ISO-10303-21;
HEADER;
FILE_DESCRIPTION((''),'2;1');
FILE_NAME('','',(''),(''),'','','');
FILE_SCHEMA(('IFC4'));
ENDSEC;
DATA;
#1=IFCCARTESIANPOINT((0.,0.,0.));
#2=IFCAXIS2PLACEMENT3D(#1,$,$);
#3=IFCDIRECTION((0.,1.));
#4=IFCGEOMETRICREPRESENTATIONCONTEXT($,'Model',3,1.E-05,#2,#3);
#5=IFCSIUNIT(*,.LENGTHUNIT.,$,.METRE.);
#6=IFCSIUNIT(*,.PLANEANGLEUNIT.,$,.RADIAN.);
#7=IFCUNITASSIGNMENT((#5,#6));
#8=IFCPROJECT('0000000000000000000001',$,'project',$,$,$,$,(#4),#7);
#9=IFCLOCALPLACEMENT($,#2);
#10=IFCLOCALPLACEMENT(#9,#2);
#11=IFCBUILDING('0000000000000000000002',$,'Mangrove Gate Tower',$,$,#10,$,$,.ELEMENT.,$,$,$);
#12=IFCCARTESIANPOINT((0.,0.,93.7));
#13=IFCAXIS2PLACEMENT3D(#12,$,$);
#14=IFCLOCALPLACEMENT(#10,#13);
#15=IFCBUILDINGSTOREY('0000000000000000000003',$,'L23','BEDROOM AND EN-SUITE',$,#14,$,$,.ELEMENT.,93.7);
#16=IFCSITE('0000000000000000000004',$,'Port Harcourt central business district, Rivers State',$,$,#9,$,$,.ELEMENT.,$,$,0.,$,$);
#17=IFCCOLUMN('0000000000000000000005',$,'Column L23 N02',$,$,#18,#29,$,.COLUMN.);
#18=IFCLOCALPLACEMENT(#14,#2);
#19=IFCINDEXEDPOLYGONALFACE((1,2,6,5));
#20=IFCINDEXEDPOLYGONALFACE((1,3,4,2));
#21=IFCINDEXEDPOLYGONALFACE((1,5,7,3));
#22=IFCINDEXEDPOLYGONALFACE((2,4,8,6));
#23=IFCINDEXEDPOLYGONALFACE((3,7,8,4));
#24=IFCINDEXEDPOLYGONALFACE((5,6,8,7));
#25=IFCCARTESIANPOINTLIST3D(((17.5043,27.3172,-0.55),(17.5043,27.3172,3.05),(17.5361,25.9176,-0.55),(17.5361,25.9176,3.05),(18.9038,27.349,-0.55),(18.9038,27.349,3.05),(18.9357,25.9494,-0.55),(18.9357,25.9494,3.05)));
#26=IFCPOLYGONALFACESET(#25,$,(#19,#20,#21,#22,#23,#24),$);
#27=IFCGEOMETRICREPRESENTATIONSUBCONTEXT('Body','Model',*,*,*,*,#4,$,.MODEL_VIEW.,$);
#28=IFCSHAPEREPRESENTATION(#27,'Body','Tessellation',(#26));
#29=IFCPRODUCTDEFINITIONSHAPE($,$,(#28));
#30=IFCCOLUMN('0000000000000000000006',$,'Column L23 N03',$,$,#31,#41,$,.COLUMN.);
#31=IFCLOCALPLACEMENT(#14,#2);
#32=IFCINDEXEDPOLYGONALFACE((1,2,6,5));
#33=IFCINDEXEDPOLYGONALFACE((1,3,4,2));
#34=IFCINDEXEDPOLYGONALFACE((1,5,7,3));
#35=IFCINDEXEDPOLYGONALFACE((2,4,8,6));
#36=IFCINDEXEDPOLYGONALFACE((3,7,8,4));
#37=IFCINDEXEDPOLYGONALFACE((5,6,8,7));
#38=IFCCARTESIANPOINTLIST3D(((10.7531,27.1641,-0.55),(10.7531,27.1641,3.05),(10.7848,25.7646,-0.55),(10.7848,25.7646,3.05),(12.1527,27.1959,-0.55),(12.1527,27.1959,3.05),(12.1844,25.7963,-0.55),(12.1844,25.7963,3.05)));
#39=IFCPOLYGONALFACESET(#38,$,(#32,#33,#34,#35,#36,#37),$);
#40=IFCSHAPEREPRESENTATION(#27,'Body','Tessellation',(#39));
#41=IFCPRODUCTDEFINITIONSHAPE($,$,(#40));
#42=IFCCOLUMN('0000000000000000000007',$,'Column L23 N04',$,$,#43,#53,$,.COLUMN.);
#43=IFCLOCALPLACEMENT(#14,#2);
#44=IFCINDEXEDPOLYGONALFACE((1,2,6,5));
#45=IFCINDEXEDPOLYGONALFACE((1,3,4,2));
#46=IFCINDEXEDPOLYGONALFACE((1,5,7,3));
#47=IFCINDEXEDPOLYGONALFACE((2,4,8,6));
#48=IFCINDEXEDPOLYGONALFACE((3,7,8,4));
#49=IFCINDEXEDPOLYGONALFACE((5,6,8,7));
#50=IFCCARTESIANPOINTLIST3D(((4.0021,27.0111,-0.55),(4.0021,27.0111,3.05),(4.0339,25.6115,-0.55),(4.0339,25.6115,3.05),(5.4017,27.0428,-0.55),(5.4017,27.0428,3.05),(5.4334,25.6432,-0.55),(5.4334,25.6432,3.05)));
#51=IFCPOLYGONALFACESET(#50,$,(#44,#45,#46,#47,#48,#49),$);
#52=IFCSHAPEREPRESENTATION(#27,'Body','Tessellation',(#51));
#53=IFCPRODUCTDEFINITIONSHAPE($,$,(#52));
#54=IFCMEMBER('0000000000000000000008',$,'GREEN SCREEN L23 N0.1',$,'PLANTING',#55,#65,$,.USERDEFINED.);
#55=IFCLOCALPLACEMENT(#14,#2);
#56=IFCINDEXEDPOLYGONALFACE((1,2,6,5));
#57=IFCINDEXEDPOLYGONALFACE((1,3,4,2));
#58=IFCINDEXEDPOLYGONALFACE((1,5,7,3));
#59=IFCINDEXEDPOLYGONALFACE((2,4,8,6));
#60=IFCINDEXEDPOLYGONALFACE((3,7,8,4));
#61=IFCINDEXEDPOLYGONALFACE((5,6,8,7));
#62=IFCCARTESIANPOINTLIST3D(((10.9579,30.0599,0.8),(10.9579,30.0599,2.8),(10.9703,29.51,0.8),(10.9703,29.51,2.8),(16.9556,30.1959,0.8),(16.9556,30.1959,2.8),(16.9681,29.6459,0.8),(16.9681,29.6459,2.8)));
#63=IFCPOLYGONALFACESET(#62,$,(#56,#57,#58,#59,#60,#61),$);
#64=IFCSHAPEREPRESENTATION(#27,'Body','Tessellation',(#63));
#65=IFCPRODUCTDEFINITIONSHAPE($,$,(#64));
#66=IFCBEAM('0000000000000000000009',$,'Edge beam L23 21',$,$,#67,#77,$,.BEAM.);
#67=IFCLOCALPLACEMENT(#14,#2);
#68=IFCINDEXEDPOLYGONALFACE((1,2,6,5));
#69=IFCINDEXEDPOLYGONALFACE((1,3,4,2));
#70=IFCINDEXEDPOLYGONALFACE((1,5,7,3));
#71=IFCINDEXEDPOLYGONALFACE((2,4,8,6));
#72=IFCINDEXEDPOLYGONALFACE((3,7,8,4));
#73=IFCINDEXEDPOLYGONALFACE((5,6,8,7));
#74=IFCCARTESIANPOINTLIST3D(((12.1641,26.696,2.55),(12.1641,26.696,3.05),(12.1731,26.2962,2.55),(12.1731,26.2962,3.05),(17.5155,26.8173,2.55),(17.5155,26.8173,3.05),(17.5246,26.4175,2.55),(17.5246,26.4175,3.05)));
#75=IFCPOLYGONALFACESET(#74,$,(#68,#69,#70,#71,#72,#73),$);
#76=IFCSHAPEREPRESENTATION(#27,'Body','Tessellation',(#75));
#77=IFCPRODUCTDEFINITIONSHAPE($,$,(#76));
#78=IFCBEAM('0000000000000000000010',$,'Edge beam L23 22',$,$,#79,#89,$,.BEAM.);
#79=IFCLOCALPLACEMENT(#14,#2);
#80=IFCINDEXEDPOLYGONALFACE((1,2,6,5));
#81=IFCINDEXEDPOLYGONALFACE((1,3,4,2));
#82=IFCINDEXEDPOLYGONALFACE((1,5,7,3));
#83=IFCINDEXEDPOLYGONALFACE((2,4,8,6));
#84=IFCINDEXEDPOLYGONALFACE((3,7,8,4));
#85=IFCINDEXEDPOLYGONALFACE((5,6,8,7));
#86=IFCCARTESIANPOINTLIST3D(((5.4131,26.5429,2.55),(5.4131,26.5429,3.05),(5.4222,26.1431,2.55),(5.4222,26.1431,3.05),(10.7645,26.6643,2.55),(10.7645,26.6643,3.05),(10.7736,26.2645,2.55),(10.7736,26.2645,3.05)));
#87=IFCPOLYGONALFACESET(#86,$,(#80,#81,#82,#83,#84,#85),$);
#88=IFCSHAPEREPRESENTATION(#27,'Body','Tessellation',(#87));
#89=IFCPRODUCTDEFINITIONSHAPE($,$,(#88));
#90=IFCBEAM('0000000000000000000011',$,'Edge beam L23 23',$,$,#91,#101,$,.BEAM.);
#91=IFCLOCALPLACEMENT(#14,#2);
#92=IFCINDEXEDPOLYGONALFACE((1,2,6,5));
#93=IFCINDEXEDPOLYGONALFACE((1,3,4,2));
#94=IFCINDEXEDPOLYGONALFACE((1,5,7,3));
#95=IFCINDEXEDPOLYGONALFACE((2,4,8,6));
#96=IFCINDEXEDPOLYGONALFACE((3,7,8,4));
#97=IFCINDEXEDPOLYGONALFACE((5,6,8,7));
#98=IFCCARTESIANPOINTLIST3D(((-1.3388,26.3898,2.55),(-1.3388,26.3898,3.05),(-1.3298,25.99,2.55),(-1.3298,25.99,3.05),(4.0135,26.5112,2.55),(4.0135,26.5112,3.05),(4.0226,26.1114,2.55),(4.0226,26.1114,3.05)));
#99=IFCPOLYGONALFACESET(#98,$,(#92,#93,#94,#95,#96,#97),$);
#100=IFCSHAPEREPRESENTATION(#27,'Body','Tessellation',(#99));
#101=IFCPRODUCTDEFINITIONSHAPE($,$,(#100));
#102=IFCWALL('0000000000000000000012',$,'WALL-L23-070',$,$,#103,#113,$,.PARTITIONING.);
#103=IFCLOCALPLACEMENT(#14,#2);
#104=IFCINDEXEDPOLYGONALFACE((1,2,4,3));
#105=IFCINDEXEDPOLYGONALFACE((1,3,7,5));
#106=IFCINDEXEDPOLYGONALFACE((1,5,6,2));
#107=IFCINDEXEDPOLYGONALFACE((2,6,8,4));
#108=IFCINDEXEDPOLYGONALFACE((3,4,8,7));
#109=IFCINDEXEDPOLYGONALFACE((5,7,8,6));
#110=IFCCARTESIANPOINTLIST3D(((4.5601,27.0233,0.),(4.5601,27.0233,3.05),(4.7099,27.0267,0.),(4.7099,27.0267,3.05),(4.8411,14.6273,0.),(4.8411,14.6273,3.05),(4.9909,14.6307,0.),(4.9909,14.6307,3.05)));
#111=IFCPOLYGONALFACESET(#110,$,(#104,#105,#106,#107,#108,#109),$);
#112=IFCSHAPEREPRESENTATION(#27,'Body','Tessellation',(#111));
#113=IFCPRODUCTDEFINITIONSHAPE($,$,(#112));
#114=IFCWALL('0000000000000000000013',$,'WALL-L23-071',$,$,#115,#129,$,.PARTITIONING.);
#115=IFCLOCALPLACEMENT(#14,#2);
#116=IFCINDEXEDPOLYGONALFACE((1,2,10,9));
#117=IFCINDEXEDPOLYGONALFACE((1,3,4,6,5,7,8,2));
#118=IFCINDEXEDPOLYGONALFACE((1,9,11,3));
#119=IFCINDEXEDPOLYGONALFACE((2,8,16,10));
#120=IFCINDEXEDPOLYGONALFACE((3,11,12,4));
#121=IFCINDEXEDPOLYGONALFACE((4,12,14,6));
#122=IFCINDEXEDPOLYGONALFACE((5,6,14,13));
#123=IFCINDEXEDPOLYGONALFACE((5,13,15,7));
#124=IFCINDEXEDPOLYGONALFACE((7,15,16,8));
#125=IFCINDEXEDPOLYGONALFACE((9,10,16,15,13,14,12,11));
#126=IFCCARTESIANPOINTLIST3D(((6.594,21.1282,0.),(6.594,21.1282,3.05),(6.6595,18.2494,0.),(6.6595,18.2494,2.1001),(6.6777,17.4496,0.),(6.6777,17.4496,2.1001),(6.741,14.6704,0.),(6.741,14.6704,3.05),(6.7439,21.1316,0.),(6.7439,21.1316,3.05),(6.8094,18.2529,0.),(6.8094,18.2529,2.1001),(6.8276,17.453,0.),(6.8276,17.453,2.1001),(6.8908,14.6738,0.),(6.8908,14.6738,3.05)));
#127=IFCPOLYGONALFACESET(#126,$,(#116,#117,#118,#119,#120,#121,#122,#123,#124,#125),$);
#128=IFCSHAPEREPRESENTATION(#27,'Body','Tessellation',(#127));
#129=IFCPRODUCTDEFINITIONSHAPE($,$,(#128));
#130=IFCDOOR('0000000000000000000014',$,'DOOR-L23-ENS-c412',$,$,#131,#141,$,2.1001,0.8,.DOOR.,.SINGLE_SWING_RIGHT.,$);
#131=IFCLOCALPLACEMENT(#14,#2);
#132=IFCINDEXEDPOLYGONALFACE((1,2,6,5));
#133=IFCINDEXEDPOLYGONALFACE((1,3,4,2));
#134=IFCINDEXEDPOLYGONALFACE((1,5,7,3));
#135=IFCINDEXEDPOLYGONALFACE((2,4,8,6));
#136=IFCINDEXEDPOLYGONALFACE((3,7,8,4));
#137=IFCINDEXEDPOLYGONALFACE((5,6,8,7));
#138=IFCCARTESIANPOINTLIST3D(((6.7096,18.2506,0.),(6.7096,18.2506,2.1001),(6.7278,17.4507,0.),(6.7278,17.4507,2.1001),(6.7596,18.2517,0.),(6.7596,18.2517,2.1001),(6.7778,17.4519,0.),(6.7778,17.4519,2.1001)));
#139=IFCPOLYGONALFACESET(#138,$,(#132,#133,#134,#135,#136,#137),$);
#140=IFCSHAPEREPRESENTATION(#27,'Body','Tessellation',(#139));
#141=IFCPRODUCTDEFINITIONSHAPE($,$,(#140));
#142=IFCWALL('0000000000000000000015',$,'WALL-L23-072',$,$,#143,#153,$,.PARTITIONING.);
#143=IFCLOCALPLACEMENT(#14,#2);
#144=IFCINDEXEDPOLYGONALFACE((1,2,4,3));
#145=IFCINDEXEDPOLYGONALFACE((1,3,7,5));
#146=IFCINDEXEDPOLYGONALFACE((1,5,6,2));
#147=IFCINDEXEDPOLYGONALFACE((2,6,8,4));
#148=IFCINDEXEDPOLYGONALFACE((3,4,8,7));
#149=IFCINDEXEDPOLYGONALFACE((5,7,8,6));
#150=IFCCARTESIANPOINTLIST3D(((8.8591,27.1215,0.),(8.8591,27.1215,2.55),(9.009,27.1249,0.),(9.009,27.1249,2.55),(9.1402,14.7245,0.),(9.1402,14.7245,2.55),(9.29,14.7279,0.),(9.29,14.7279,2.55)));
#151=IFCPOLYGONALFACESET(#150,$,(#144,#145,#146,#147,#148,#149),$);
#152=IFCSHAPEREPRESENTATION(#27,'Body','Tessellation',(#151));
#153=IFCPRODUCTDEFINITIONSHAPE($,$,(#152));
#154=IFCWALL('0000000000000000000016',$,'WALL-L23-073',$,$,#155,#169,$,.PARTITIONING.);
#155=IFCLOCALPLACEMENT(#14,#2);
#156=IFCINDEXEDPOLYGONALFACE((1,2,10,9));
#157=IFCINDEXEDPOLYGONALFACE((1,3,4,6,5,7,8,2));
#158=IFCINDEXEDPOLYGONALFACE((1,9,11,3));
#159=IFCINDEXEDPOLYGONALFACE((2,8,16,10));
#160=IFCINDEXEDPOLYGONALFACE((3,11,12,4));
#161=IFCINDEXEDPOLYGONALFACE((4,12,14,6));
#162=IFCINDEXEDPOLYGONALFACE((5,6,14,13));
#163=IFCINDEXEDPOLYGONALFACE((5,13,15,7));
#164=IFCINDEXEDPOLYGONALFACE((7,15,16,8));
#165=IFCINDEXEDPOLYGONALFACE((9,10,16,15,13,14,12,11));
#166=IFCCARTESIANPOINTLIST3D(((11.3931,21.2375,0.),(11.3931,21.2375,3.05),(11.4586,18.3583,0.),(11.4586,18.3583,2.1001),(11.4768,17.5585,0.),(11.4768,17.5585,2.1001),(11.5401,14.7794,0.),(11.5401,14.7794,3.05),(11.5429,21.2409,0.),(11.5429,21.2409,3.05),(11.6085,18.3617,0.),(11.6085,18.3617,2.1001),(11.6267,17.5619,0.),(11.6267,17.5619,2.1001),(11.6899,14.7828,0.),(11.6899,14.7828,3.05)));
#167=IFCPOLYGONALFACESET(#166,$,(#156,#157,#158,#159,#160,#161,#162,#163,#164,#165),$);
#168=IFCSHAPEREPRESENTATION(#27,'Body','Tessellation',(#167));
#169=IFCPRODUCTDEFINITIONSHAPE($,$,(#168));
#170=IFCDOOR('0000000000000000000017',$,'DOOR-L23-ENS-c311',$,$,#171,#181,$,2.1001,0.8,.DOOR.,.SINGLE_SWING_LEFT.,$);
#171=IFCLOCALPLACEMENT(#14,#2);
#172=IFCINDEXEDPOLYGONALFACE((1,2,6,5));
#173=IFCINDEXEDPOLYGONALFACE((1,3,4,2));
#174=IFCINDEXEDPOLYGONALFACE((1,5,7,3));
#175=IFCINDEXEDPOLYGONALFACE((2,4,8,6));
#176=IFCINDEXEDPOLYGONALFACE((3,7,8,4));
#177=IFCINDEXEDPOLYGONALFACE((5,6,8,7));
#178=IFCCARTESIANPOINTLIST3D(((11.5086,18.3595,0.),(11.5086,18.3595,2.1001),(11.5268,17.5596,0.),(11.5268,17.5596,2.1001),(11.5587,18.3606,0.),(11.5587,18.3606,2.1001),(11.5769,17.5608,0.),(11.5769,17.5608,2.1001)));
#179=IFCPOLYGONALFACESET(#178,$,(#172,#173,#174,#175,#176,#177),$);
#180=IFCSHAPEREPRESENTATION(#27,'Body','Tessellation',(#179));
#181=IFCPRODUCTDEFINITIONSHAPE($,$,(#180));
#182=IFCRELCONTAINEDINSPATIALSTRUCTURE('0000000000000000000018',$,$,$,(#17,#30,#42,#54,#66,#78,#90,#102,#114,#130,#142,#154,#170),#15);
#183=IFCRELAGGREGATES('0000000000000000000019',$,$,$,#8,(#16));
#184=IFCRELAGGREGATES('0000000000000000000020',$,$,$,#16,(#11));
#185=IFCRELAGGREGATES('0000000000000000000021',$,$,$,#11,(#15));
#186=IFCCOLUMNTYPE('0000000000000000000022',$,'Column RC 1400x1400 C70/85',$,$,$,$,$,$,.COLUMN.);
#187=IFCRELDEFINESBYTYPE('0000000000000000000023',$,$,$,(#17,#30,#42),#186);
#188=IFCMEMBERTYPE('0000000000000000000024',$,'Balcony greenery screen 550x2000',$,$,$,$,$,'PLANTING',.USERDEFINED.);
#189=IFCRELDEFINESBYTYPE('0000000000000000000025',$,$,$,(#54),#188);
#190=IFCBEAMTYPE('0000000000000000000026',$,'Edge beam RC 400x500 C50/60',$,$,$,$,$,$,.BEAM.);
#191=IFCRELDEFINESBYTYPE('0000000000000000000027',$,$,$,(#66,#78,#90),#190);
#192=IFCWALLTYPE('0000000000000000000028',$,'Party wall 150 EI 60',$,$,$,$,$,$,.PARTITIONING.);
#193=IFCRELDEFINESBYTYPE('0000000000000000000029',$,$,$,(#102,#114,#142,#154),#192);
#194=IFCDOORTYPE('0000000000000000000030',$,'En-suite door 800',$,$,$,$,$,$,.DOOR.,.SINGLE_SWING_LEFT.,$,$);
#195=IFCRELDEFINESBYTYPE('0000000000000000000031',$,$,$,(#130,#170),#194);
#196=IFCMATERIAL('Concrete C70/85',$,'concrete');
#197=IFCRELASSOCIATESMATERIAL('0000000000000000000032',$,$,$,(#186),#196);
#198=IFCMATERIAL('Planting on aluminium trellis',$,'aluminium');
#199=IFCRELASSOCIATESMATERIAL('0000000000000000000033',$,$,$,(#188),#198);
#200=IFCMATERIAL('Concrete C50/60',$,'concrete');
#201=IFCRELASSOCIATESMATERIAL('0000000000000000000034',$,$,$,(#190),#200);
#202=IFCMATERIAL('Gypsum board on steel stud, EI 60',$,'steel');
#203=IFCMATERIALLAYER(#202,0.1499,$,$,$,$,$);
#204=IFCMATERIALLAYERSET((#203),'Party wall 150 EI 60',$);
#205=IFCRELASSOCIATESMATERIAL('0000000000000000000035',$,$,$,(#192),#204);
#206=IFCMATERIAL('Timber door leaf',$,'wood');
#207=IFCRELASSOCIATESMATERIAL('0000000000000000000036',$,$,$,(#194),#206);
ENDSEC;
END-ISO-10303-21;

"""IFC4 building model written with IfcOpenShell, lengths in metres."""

from ifc_helpers import new_model, si_unit, direction, frame, frame_2d, origin, origin_2d, place, context, subcontext, project, spatial, rectangle, extrude, material, layer, layer_set, material_profile, profile_set, type_object, element, fill, save


model = new_model("IFC4")

# Units and contexts
model_context = context("Model", 3, precision=1e-05, world=origin(), true_north=direction((0.0, 1.0)))
body_context = subcontext(model_context, "Body", "Model", "MODEL_VIEW")
ifc_project = project(units=[si_unit("LENGTHUNIT", "METRE"), si_unit("PLANEANGLEUNIT", "RADIAN")], contexts=[model_context])

# Site, building, storey
site_placement = place(None, origin())
site = spatial("IfcSite", under=ifc_project, at=site_placement, Name="Port Harcourt central business district, Rivers State", CompositionType="ELEMENT", RefElevation=0.0)
building_placement = place(site_placement, origin())
building = spatial("IfcBuilding", under=site, at=building_placement, Name="Mangrove Gate Tower", CompositionType="ELEMENT")
storey_placement = place(building_placement, frame((0.0, 0.0, 93.7)))
storey = spatial("IfcBuildingStorey", under=building, at=storey_placement, Name="L23", Description="BEDROOM AND EN-SUITE", CompositionType="ELEMENT", Elevation=93.7)

# Columns
ifc_material_1 = material(Name="Concrete C70/85", Category="concrete")
ifc_material_profile_1 = material_profile(ifc_material_1, rectangle(XDim=1.3999, YDim=1.3999, at=origin_2d()))
ifc_profile_set_1 = profile_set([ifc_material_profile_1], Name="Concrete C70/85")
column_type = type_object("IfcColumnType", Name="Column RC 1400x1400 C70/85", PredefinedType="COLUMN", material=ifc_profile_set_1)
for number, where, z_axis, x_axis, name in (
    (1, (18.22, 26.6333, -0.55), (0.0, 0.0, 1.0), (-0.999742, -0.02273, 0.0), "Column L23 N02"),
    (2, (11.4688, 26.4802, -0.55), (0.0, 0.0, 1.0), (-0.999743, -0.022657, 0.0), "Column L23 N03"),
    (3, (4.7178, 26.3271, -0.55), (0.0, 0.0, 1.0), (-0.999743, -0.022656, 0.0), "Column L23 N04"),
):
    element("IfcColumn", number, at=place(storey_placement, frame(where, z_axis=z_axis, x_axis=x_axis)), inside=storey, type_object=column_type, Name=name, PredefinedType="COLUMN", context=body_context, shape_type="SweptSolid", body=[
        extrude(rectangle(XDim=1.3999, YDim=1.3999, at=origin_2d()), origin(), (0.0, 0.0, 1.0), 3.6001),
    ])

# Member
ifc_material_2 = material(Name="Planting on aluminium trellis", Category="aluminium")
ifc_material_profile_2 = material_profile(ifc_material_2, rectangle(XDim=0.55, YDim=2.0, at=origin_2d()))
ifc_profile_set_2 = profile_set([ifc_material_profile_2], Name="Planting on aluminium trellis")
member_type = type_object("IfcMemberType", Name="Balcony greenery screen 550x2000", ElementType="PLANTING", PredefinedType="USERDEFINED", material=ifc_profile_set_2)
member_placement = place(storey_placement, frame((10.9641, 29.7849, 1.8), z_axis=(0.999743, 0.022667, 0.0), x_axis=(-0.022667, 0.999743, 0.0)))
element("IfcMember", 4, at=member_placement, inside=storey, type_object=member_type, Name="GREEN SCREEN L23 N0.1", ObjectType="PLANTING", PredefinedType="USERDEFINED", context=body_context, shape_type="SweptSolid", body=[
    extrude(rectangle(XDim=0.55, YDim=2.0, at=origin_2d()), origin(), (0.0, 0.0, 1.0), 5.9993),
])

# Beams
ifc_material_3 = material(Name="Concrete C50/60", Category="concrete")
ifc_material_profile_3 = material_profile(ifc_material_3, rectangle(XDim=0.3999, YDim=0.5, at=origin_2d()))
ifc_profile_set_3 = profile_set([ifc_material_profile_3], Name="Concrete C50/60")
beam_type = type_object("IfcBeamType", Name="Edge beam RC 400x500 C50/60", PredefinedType="BEAM", material=ifc_profile_set_3)
for number, where, z_axis, x_axis, name in (
    (5, (17.52, 26.6174, 2.8), (-0.999743, -0.022669, 0.0), (0.022669, -0.999743, 0.0), "Edge beam L23 21"),
    (6, (10.769, 26.4644, 2.8), (-0.999743, -0.022669, 0.0), (0.022669, -0.999743, 0.0), "Edge beam L23 22"),
):
    element("IfcBeam", number, at=place(storey_placement, frame(where, z_axis=z_axis, x_axis=x_axis)), inside=storey, type_object=beam_type, Name=name, PredefinedType="BEAM", context=body_context, shape_type="SweptSolid", body=[
        extrude(rectangle(XDim=0.3999, YDim=0.5, at=origin_2d()), origin(), (0.0, 0.0, 1.0), 5.3528),
    ])
beam_placement = place(storey_placement, frame((4.0181, 26.3113, 2.8), z_axis=(-0.999743, -0.022664, 0.0), x_axis=(0.022664, -0.999743, 0.0)))
element("IfcBeam", 7, at=beam_placement, inside=storey, type_object=beam_type, Name="Edge beam L23 23", PredefinedType="BEAM", context=body_context, shape_type="SweptSolid", body=[
    extrude(rectangle(XDim=0.3999, YDim=0.5, at=origin_2d()), origin(), (0.0, 0.0, 1.0), 5.3538),
])

# Wall
ifc_material_4 = material(Name="Gypsum board on steel stud, EI 60", Category="steel")
ifc_layer_1 = layer(ifc_material_4, 0.1499)
ifc_layer_set_1 = layer_set([ifc_layer_1], Name="Party wall 150 EI 60")
wall_type_1 = type_object("IfcWallType", Name="Party wall 150 EI 60", PredefinedType="PARTITIONING", material=ifc_layer_set_1)
wall_1_placement = place(storey_placement, frame((4.916, 14.6289, 0.0), z_axis=(0.0, 0.0, 1.0), x_axis=(-0.022663, 0.999743, 0.0)))
element("IfcWall", 8, at=wall_1_placement, inside=storey, type_object=wall_type_1, Name="WALL-L23-070", PredefinedType="PARTITIONING", context=body_context, shape_type="SweptSolid", body=[
    extrude(rectangle(XDim=12.3992, YDim=0.1499, at=frame_2d((6.1997, 0.0))), origin(), (0.0, 0.0, 1.0), 3.05),
])

# Wall, opening, door
wall_2_placement = place(storey_placement, frame((6.8159, 14.6721, 0.0), z_axis=(0.0, 0.0, 1.0), x_axis=(-0.022753, 0.999741, 0.0)))
wall_2 = element("IfcWall", 9, at=wall_2_placement, inside=storey, type_object=wall_type_1, Name="WALL-L23-071", PredefinedType="PARTITIONING", context=body_context, shape_type="SweptSolid", body=[
    extrude(rectangle(XDim=6.4595, YDim=0.1499, at=frame_2d((3.2297, 0.0))), origin(), (0.0, 0.0, 1.0), 3.05),
])
opening_1_placement = place(wall_2_placement, frame((2.78, 0.0, 0.0)))
opening_1 = element("IfcOpeningElement", 10, at=opening_1_placement, cuts=wall_2, PredefinedType="OPENING", context=body_context, shape_type="SweptSolid", body=[
    extrude(rectangle(XDim=0.8, YDim=2.1001, at=frame_2d((0.3999, 1.05))), frame((0.0, 0.085, 0.0), z_axis=(0.0, -1.0, 0.0), x_axis=(1.0, 0.0, 0.0)), (0.0, 0.0, 1.0), 0.1699),
])
ifc_material_5 = material(Name="Timber door leaf", Category="wood")
door_type = type_object("IfcDoorType", Name="En-suite door 800", OperationType="SINGLE_SWING_LEFT", PredefinedType="DOOR", material=ifc_material_5)
door_1_placement = place(opening_1_placement, origin())
door_1 = element("IfcDoor", 11, at=door_1_placement, inside=storey, type_object=door_type, Name="DOOR-L23-ENS-c412", OperationType="SINGLE_SWING_RIGHT", OverallHeight=2.1001, OverallWidth=0.8, PredefinedType="DOOR", context=body_context, shape_type="SweptSolid", body=[
    extrude(rectangle(XDim=0.8, YDim=2.1001, at=frame_2d((0.3999, 1.05))), frame((0.0, 0.0249, 0.0), z_axis=(0.0, -1.0, 0.0), x_axis=(1.0, 0.0, 0.0)), (0.0, 0.0, 1.0), 0.05),
])
fill(opening_1, door_1)

# Wall
wall_3_placement = place(storey_placement, frame((9.2151, 14.7261, 0.0), z_axis=(0.0, 0.0, 1.0), x_axis=(-0.022661, 0.999743, 0.0)))
element("IfcWall", 12, at=wall_3_placement, inside=storey, type_object=wall_type_1, Name="WALL-L23-072", PredefinedType="PARTITIONING", context=body_context, shape_type="SweptSolid", body=[
    extrude(rectangle(XDim=12.4001, YDim=0.1499, at=frame_2d((6.2002, 0.0))), origin(), (0.0, 0.0, 1.0), 2.55),
])

# Wall, opening, door
wall_4_placement = place(storey_placement, frame((11.615, 14.781, 0.0), z_axis=(0.0, 0.0, 1.0), x_axis=(-0.022752, 0.999741, 0.0)))
wall_4 = element("IfcWall", 13, at=wall_4_placement, inside=storey, type_object=wall_type_1, Name="WALL-L23-073", PredefinedType="PARTITIONING", context=body_context, shape_type="SweptSolid", body=[
    extrude(rectangle(XDim=6.4597, YDim=0.1499, at=frame_2d((3.23, 0.0))), origin(), (0.0, 0.0, 1.0), 3.05),
])
opening_2_placement = place(wall_4_placement, frame((2.78, 0.0, 0.0)))
opening_2 = element("IfcOpeningElement", 14, at=opening_2_placement, cuts=wall_4, PredefinedType="OPENING", context=body_context, shape_type="SweptSolid", body=[
    extrude(rectangle(XDim=0.8, YDim=2.1001, at=frame_2d((0.3999, 1.05))), frame((0.0, 0.085, 0.0), z_axis=(0.0, -1.0, 0.0), x_axis=(1.0, 0.0, 0.0)), (0.0, 0.0, 1.0), 0.1699),
])
door_2_placement = place(opening_2_placement, origin())
door_2 = element("IfcDoor", 15, at=door_2_placement, inside=storey, type_object=door_type, Name="DOOR-L23-ENS-c311", OperationType="SINGLE_SWING_LEFT", OverallHeight=2.1001, OverallWidth=0.8, PredefinedType="DOOR", context=body_context, shape_type="SweptSolid", body=[
    extrude(rectangle(XDim=0.8, YDim=2.1001, at=frame_2d((0.3999, 1.05))), frame((0.0, 0.0249, 0.0), z_axis=(0.0, -1.0, 0.0), x_axis=(1.0, 0.0, 0.0)), (0.0, 0.0, 1.0), 0.05),
])
fill(opening_2, door_2)

save(model, "model.ifc")
